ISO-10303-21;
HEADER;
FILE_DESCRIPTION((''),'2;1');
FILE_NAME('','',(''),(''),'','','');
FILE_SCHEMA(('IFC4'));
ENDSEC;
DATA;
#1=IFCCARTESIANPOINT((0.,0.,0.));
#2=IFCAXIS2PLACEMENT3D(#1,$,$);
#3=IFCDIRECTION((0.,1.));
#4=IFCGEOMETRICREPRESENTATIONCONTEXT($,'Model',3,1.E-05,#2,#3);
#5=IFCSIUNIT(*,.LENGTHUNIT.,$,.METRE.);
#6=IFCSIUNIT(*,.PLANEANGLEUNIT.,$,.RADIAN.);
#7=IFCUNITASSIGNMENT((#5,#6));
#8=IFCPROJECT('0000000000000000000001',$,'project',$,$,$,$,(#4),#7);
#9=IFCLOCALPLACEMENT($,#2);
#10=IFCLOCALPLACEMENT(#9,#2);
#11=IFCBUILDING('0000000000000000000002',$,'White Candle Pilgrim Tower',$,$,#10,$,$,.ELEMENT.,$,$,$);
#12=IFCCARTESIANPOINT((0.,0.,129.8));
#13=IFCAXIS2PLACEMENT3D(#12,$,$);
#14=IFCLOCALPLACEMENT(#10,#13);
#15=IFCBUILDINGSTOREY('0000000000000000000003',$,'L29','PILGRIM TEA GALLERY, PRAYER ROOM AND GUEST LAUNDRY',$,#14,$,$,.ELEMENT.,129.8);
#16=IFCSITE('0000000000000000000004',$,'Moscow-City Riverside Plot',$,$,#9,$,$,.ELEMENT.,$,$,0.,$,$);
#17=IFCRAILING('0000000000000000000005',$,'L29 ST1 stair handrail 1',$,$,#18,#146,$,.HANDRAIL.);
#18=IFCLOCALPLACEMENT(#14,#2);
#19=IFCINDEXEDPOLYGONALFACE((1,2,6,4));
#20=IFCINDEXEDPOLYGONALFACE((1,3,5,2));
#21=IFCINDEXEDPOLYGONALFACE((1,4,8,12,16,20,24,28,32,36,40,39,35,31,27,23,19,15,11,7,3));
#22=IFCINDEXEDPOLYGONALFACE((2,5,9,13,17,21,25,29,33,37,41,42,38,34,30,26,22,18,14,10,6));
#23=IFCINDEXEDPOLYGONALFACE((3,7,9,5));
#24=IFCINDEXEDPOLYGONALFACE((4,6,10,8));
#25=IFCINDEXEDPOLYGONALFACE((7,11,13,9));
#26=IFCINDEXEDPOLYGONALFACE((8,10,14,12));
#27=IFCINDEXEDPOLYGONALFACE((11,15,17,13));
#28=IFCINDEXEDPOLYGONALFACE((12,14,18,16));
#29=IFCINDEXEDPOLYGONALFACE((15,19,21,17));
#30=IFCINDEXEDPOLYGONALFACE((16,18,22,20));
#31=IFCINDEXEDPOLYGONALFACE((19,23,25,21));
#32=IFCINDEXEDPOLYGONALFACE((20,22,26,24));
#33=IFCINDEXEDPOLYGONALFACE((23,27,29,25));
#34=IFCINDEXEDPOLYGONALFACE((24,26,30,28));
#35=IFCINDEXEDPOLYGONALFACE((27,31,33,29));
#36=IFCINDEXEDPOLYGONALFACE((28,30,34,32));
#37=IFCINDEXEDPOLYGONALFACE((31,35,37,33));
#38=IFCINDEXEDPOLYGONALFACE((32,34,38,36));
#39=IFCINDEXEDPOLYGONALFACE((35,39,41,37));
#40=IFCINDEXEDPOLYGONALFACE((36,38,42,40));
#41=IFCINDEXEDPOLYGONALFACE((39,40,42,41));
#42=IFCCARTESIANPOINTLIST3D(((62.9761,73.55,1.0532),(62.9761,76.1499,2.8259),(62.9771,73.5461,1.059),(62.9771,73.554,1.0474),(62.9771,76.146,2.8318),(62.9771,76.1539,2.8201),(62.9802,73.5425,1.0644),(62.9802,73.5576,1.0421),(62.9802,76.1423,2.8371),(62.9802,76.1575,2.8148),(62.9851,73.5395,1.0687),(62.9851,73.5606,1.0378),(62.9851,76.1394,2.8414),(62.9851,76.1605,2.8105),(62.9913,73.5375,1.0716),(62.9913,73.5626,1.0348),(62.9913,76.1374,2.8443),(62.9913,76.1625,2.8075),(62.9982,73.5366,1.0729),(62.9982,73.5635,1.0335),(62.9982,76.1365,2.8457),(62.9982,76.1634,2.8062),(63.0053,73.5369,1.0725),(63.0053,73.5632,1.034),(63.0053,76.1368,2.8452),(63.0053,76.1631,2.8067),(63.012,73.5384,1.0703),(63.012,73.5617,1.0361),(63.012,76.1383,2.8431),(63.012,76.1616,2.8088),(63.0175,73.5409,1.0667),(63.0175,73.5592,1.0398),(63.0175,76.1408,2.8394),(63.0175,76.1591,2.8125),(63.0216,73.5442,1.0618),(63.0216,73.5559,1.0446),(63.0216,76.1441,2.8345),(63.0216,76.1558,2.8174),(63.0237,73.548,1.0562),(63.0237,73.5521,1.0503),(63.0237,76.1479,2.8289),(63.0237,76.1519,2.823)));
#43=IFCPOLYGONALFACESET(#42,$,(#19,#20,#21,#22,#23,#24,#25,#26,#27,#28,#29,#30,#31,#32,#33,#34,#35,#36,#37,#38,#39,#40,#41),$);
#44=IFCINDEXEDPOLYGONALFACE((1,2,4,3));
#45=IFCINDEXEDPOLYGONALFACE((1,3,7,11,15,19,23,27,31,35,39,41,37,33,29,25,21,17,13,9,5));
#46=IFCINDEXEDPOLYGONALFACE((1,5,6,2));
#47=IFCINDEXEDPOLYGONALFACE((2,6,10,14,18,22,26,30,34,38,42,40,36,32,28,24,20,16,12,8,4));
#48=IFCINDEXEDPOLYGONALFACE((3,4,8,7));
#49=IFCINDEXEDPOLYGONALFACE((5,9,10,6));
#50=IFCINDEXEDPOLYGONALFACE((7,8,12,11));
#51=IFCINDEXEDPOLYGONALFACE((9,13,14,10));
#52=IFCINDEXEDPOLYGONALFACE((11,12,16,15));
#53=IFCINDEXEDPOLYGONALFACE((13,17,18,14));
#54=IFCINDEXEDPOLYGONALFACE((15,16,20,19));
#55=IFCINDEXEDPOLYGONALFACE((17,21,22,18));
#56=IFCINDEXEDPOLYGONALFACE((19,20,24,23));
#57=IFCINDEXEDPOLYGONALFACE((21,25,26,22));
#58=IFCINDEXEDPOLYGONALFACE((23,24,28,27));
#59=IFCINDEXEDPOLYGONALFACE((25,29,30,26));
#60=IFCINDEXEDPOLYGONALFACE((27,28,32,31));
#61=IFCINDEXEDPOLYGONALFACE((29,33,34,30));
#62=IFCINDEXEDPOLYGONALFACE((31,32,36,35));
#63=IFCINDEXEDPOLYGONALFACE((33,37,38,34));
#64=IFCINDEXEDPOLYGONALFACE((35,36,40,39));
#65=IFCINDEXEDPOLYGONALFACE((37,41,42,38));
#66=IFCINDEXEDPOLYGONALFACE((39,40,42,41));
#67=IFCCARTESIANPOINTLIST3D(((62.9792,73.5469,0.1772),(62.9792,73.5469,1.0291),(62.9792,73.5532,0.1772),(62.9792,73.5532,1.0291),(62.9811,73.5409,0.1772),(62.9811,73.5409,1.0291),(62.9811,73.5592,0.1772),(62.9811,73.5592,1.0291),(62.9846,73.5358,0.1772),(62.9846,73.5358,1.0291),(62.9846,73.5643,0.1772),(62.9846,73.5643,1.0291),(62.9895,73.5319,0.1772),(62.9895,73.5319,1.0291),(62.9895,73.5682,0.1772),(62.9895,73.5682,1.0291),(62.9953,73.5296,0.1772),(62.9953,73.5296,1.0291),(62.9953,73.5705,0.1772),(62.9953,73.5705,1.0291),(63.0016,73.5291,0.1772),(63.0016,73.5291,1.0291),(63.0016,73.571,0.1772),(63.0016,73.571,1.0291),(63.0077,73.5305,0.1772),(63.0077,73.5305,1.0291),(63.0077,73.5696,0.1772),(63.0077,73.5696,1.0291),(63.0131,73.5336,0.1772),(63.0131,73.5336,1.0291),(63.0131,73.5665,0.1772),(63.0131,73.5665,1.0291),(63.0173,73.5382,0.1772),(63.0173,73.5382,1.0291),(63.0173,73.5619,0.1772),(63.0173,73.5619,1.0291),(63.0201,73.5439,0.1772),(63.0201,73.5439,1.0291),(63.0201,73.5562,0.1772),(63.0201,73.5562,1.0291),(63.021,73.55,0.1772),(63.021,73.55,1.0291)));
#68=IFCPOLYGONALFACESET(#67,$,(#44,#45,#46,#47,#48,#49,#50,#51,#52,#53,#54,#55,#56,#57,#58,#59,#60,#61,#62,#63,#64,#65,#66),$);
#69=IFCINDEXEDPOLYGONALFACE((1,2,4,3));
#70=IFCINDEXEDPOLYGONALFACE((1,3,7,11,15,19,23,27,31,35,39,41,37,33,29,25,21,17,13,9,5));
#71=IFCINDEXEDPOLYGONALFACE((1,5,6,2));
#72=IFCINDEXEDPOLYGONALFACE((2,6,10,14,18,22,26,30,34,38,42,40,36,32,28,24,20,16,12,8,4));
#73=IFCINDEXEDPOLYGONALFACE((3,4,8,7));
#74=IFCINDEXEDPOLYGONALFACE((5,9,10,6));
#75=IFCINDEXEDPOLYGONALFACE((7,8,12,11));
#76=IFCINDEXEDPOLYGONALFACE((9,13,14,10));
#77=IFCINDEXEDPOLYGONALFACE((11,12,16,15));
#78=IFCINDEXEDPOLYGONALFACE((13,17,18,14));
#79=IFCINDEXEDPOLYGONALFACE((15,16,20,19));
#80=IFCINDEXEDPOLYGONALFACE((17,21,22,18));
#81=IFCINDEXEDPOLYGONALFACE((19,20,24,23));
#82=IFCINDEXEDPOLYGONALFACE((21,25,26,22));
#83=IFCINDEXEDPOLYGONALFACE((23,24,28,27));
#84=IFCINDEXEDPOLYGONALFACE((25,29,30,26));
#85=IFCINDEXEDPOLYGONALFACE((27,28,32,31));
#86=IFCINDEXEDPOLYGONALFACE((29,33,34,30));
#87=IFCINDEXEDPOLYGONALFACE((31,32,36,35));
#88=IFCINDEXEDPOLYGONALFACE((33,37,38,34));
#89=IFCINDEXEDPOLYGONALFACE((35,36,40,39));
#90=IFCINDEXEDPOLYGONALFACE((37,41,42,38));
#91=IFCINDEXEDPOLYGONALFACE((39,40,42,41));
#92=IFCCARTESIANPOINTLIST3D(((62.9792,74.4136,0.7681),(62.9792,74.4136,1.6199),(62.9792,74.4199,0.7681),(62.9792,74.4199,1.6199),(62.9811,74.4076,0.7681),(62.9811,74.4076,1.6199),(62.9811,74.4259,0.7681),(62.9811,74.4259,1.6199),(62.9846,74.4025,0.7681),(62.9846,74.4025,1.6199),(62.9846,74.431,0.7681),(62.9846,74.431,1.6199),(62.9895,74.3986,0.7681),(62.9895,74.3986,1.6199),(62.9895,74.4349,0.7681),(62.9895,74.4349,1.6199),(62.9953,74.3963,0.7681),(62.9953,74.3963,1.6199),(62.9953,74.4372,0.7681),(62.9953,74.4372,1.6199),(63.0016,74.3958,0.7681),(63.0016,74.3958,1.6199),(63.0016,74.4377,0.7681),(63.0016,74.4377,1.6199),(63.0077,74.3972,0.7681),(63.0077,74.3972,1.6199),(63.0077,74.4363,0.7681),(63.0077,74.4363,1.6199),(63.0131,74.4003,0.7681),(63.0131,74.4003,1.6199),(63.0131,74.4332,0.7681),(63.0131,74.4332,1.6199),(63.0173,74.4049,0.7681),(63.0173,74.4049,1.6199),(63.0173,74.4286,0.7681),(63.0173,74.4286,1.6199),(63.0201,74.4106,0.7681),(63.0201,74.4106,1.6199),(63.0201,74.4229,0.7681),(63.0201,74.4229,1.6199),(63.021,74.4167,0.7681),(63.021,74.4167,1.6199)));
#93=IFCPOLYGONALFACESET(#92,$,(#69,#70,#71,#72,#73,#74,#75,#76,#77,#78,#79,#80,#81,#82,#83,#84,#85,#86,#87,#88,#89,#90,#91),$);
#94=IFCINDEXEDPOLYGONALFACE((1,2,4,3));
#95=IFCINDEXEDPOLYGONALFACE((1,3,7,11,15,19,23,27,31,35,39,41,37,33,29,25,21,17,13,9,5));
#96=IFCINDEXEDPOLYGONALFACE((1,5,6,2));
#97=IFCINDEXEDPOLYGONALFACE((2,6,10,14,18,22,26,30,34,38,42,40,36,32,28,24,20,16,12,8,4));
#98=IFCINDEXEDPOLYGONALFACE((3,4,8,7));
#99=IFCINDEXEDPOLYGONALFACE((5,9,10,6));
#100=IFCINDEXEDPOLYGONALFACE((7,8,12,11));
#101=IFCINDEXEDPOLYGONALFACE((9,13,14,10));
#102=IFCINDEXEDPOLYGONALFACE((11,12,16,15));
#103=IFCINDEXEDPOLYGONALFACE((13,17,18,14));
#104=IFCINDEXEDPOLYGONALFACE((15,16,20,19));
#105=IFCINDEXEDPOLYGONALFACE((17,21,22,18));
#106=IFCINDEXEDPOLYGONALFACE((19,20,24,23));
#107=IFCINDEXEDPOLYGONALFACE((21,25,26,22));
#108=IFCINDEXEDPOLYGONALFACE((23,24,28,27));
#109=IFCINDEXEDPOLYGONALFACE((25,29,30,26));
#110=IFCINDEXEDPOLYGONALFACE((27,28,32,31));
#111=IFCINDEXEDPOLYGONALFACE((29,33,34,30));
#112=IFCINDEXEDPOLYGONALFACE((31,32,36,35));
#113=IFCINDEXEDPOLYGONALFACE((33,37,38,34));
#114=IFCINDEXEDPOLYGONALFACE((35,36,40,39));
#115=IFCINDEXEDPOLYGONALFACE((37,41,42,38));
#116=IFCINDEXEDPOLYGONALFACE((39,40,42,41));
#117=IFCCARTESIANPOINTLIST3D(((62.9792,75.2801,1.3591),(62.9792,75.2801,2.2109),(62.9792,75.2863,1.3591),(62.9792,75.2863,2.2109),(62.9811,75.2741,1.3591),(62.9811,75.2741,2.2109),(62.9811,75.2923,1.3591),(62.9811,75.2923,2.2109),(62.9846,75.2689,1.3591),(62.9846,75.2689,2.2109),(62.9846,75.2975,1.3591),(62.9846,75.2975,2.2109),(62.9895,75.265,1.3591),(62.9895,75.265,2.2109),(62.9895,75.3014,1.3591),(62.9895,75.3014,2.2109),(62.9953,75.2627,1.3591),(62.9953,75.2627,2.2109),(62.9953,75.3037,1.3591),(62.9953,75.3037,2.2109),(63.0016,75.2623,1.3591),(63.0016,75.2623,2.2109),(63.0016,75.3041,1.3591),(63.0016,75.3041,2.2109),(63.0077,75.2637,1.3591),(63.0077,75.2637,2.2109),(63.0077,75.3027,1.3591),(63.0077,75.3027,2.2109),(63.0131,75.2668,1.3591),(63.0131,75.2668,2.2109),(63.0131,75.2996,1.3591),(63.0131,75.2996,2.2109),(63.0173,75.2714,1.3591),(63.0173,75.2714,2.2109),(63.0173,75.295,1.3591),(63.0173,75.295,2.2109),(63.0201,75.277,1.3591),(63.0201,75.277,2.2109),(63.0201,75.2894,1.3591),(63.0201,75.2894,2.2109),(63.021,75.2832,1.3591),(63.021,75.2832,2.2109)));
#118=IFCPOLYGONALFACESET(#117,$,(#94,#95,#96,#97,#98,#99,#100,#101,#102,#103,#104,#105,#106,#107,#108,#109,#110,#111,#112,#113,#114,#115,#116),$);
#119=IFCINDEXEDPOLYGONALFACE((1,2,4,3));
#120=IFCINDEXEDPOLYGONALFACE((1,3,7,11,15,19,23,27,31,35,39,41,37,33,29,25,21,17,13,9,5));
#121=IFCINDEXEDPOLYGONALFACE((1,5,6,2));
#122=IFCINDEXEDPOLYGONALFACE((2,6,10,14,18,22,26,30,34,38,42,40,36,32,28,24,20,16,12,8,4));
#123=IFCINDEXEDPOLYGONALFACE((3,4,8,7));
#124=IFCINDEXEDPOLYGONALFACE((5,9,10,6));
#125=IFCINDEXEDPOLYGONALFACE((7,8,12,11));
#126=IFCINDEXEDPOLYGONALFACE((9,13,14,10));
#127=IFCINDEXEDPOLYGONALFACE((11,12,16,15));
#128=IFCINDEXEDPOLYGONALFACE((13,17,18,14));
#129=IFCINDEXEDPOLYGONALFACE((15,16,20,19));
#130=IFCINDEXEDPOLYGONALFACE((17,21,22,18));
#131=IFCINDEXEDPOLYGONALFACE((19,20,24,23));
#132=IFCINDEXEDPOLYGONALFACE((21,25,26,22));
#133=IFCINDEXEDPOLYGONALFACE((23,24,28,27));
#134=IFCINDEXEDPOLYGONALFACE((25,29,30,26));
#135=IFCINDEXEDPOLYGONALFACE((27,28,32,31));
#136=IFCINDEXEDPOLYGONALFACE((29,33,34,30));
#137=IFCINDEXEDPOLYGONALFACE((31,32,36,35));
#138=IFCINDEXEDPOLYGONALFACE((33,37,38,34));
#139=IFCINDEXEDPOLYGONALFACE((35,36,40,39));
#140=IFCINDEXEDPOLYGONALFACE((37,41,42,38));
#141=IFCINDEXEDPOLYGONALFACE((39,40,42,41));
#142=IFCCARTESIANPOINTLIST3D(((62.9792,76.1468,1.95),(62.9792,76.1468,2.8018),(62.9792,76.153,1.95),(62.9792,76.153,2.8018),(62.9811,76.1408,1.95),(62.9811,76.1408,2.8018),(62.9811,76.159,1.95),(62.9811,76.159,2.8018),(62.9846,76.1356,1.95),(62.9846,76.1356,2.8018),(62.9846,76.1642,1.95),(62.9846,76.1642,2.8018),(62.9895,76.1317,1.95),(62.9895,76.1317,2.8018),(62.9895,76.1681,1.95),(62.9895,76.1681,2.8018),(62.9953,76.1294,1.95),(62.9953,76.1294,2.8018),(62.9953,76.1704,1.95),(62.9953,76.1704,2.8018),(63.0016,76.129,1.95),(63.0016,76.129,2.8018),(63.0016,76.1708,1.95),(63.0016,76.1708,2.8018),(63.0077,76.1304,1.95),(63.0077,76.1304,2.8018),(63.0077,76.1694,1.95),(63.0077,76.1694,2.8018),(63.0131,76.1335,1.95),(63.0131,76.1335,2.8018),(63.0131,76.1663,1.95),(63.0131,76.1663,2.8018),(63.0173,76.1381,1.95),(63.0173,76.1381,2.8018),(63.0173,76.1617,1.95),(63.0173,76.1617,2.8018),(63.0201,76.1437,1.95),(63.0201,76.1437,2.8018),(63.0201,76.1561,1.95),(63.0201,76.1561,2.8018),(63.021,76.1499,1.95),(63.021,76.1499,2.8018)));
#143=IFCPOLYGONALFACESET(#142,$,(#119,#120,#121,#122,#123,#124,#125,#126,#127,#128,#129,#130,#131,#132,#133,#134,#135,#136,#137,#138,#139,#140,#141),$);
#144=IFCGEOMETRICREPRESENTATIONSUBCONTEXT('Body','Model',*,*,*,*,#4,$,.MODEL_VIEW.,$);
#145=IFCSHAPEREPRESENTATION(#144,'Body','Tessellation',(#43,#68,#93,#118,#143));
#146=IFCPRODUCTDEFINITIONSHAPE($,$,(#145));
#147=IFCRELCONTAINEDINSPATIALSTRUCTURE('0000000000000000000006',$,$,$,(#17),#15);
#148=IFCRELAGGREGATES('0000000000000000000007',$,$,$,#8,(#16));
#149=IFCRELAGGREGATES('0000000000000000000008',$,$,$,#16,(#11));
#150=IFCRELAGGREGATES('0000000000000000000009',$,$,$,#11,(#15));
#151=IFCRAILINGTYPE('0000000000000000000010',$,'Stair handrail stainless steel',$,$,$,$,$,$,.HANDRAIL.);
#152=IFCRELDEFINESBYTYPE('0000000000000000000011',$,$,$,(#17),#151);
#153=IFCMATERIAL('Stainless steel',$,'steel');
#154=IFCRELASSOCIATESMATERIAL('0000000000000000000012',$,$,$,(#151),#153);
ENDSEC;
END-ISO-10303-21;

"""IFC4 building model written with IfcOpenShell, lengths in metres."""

from ifc_helpers import new_model, si_unit, direction, frame, origin, origin_2d, place, context, subcontext, project, spatial, circle, extrude, material, type_object, element, save


model = new_model("IFC4")

# Units and contexts
model_context = context("Model", 3, precision=1e-05, world=origin(), true_north=direction((0.0, 1.0)))
body_context = subcontext(model_context, "Body", "Model", "MODEL_VIEW")
ifc_project = project(units=[si_unit("LENGTHUNIT", "METRE"), si_unit("PLANEANGLEUNIT", "RADIAN")], contexts=[model_context])

# Site, building, storey
site_placement = place(None, origin())
site = spatial("IfcSite", under=ifc_project, at=site_placement, Name="Moscow-City Riverside Plot", CompositionType="ELEMENT", RefElevation=0.0)
building_placement = place(site_placement, origin())
building = spatial("IfcBuilding", under=site, at=building_placement, Name="White Candle Pilgrim Tower", CompositionType="ELEMENT")
storey_placement = place(building_placement, frame((0.0, 0.0, 129.8)))
storey = spatial("IfcBuildingStorey", under=building, at=storey_placement, Name="L29", Description="PILGRIM TEA GALLERY, PRAYER ROOM AND GUEST LAUNDRY", CompositionType="ELEMENT", Elevation=129.8)

# Shared definitions
ifc_material_1 = material(Name="Stainless steel", Category="steel")

# Railing
railing_type_1 = type_object("IfcRailingType", Name="Stair handrail stainless steel", PredefinedType="HANDRAIL", material=ifc_material_1)
railing_1_placement = place(storey_placement, frame((63.0, 73.55, 0.1772)))
element("IfcRailing", 1, at=railing_1_placement, inside=storey, type_object=railing_type_1, Name="L29 ST1 stair handrail 1", PredefinedType="HANDRAIL", context=body_context, shape_type="SweptSolid", body=[
    extrude(circle(Radius=0.0239, at=origin_2d()), frame((0.0, 0.0, 0.876), z_axis=(0.0, 0.826216, 0.563354), x_axis=(-1.0, 0.0, 0.0)), (0.0, 0.0, 1.0), 3.1467),
    extrude(circle(Radius=0.021, at=origin_2d()), origin(), (0.0, 0.0, 1.0), 0.8518),
    extrude(circle(Radius=0.021, at=origin_2d()), frame((0.0, 0.8667, 0.5908)), (0.0, 0.0, 1.0), 0.8518),
    extrude(circle(Radius=0.021, at=origin_2d()), frame((0.0, 1.7332, 1.1819)), (0.0, 0.0, 1.0), 0.8518),
    extrude(circle(Radius=0.021, at=origin_2d()), frame((0.0, 2.5999, 1.7727)), (0.0, 0.0, 1.0), 0.8518),
])

save(model, "model.ifc")
